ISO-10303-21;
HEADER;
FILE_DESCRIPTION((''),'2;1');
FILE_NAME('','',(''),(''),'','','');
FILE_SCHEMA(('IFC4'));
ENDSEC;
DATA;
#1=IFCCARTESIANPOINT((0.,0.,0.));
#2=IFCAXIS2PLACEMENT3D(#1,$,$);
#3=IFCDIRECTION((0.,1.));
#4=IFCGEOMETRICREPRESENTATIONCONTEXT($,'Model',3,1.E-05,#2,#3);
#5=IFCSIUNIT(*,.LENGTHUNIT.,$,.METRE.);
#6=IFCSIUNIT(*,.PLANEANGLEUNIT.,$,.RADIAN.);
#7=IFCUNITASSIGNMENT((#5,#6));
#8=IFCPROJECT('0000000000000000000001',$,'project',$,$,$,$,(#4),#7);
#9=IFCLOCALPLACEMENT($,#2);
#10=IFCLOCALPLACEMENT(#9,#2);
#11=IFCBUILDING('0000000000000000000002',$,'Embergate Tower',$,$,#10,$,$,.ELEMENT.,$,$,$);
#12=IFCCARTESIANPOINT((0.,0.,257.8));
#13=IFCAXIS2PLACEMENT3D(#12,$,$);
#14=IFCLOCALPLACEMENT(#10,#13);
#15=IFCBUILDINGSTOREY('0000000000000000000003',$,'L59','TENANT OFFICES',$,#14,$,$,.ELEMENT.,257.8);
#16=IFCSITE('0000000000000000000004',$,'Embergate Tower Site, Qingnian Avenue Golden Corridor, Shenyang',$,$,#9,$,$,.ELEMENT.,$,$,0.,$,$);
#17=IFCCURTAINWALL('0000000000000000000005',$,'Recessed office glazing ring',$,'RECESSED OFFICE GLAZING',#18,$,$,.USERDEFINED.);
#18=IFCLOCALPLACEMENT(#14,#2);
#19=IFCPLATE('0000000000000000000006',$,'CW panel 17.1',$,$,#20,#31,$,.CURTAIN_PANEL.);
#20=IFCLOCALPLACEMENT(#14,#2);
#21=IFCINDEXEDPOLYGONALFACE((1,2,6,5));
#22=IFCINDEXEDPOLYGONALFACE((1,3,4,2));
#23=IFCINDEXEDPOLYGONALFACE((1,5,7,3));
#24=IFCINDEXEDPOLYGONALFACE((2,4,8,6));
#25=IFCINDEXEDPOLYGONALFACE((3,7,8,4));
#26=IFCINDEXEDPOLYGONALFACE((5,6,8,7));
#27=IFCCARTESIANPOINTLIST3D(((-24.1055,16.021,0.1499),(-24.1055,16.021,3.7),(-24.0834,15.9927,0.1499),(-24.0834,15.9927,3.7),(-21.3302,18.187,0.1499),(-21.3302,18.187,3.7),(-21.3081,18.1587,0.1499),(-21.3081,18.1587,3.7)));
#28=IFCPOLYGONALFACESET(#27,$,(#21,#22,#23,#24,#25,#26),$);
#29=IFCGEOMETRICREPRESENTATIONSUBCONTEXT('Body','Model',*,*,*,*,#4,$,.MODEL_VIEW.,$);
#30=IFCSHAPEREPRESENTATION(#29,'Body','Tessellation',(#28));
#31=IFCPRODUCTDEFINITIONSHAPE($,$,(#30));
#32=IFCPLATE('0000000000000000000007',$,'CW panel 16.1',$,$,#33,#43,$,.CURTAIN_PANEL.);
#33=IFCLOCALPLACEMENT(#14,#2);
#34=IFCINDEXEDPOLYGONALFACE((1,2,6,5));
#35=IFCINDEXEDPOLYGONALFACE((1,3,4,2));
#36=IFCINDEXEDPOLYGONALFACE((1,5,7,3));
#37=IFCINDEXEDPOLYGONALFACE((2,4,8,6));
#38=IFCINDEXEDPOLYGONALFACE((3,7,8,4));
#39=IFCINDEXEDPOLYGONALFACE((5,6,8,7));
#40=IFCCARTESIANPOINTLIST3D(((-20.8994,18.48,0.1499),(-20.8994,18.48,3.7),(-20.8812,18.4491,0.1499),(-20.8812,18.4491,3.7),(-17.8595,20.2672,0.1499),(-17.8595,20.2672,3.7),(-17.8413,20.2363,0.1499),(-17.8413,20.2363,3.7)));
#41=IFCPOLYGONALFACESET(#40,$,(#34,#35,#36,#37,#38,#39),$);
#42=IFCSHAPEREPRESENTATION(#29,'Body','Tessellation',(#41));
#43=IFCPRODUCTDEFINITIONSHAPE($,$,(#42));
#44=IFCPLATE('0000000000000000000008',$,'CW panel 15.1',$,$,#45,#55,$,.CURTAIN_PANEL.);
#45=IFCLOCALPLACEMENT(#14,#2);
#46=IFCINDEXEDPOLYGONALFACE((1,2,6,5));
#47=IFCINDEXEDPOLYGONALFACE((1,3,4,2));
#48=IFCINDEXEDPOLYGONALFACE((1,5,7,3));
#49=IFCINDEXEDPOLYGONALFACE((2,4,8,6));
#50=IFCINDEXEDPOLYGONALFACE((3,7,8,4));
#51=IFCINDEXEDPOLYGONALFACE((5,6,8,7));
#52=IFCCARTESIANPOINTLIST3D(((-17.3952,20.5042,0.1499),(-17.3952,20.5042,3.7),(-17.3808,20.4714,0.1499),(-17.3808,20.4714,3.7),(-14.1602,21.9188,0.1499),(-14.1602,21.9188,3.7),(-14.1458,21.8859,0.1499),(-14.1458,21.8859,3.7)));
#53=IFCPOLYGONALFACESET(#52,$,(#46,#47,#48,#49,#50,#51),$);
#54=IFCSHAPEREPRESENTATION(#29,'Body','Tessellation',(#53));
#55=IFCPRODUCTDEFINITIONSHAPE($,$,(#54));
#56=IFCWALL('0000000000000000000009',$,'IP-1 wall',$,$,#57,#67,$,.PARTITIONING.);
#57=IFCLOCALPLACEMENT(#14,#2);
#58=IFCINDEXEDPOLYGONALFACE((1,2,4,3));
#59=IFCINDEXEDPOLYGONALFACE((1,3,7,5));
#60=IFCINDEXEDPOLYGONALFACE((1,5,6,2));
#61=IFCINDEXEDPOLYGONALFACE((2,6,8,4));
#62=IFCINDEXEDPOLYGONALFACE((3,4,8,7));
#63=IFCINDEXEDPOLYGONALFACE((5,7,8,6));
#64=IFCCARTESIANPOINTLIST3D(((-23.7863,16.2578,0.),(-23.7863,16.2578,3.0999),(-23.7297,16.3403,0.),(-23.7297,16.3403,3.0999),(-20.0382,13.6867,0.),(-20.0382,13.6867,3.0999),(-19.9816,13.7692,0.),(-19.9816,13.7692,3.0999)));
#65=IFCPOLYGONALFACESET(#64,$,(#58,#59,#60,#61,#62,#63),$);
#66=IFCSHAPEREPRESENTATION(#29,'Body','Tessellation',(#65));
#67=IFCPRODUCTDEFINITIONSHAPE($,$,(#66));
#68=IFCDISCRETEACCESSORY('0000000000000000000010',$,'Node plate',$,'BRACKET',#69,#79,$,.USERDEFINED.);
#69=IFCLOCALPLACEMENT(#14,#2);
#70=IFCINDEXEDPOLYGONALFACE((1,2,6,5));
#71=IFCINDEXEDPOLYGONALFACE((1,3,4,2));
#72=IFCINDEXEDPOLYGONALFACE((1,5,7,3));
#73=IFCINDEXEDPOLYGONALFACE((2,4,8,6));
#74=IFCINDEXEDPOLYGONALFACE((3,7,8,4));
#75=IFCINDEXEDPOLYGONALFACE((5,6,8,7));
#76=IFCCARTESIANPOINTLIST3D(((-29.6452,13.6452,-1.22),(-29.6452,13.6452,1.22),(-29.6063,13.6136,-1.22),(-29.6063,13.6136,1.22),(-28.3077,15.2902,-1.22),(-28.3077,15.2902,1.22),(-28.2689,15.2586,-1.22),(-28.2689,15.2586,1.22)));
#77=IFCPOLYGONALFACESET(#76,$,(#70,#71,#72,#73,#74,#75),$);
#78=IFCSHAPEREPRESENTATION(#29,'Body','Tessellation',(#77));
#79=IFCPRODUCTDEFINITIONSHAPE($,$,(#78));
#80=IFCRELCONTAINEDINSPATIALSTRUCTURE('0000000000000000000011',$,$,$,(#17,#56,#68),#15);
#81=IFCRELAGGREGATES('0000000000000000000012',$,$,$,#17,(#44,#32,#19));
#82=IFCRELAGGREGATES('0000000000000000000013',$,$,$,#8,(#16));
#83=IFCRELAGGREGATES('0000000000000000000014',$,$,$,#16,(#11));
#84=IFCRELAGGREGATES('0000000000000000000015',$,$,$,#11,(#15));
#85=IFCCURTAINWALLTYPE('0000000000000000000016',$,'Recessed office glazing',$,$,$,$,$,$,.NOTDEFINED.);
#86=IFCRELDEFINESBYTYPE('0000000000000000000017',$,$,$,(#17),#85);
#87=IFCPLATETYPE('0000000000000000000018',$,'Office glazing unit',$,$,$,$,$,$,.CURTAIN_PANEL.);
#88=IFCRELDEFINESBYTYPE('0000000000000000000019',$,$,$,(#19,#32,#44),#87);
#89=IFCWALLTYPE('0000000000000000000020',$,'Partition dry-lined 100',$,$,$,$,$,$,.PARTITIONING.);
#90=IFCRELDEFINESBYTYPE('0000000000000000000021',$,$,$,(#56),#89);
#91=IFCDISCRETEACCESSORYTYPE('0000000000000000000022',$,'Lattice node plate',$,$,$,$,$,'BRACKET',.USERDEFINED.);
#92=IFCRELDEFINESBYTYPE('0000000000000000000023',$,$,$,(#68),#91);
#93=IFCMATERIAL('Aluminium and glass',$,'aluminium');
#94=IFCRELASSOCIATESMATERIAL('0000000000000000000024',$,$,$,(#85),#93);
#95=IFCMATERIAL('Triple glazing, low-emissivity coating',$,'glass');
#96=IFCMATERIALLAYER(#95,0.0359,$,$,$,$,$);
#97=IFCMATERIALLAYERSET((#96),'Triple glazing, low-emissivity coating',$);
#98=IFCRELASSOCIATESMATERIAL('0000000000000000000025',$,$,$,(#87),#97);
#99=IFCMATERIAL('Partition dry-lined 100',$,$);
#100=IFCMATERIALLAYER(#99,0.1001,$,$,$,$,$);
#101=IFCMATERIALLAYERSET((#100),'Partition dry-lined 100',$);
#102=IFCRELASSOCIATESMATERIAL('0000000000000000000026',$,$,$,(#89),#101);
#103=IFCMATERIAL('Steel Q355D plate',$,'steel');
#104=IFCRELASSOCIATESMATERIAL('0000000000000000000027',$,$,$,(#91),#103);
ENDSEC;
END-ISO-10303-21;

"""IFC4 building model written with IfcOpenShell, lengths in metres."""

from ifc_helpers import new_model, si_unit, direction, frame, frame_2d, origin, origin_2d, place, context, subcontext, project, spatial, rectangle, extrude, source, transform, mapped, material, layer, layer_set, type_object, element, aggregate, save


model = new_model("IFC4")

# Units and contexts
model_context = context("Model", 3, precision=1e-05, world=origin(), true_north=direction((0.0, 1.0)))
body_context = subcontext(model_context, "Body", "Model", "MODEL_VIEW")
ifc_project = project(units=[si_unit("LENGTHUNIT", "METRE"), si_unit("PLANEANGLEUNIT", "RADIAN")], contexts=[model_context])

# Site, building, storey
site_placement = place(None, origin())
site = spatial("IfcSite", under=ifc_project, at=site_placement, Name="Embergate Tower Site, Qingnian Avenue Golden Corridor, Shenyang", CompositionType="ELEMENT", RefElevation=0.0)
building_placement = place(site_placement, origin())
building = spatial("IfcBuilding", under=site, at=building_placement, Name="Embergate Tower", CompositionType="ELEMENT")
storey_placement = place(building_placement, frame((0.0, 0.0, 257.8)))
storey = spatial("IfcBuildingStorey", under=building, at=storey_placement, Name="L59", Description="TENANT OFFICES", CompositionType="ELEMENT", Elevation=257.8)

# Curtain wall, plates
ifc_material_1 = material(Name="Aluminium and glass", Category="aluminium")
curtain_wall_type = type_object("IfcCurtainWallType", Name="Recessed office glazing", PredefinedType="NOTDEFINED", material=ifc_material_1)
curtain_wall_placement = place(storey_placement, origin())
curtain_wall = element("IfcCurtainWall", 1, at=curtain_wall_placement, inside=storey, type_object=curtain_wall_type, Name="Recessed office glazing ring", ObjectType="RECESSED OFFICE GLAZING", PredefinedType="USERDEFINED")
ifc_material_2 = material(Name="Triple glazing, low-emissivity coating", Category="glass")
ifc_layer_1 = layer(ifc_material_2, 0.0359)
ifc_layer_set_1 = layer_set([ifc_layer_1], Name="Triple glazing, low-emissivity coating")
plate_type = type_object("IfcPlateType", Name="Office glazing unit", PredefinedType="CURTAIN_PANEL", material=ifc_layer_set_1)
shared_shape_1 = source(origin(), body_context, "Body", "SweptSolid", [
    extrude(rectangle(XDim=3.5205, YDim=0.0359, at=origin_2d()), origin(), (0.0, 0.0, 1.0), 3.55),
])
plate_1_placement = place(storey_placement, frame((-22.7068, 17.0898, 0.1499), z_axis=(0.0, 0.0, 1.0), x_axis=(-0.788322, -0.615263, 0.0)))
plate_1 = element("IfcPlate", 2, at=plate_1_placement, type_object=plate_type, Name="CW panel 17.1", PredefinedType="CURTAIN_PANEL", context=body_context, shape_type="MappedRepresentation", body=[
    mapped(shared_shape_1, transform((0.0, 0.0, 0.0))),
])
shared_shape_2 = source(origin(), body_context, "Body", "SweptSolid", [
    extrude(rectangle(XDim=3.5264, YDim=0.0359, at=origin_2d()), origin(), (0.0, 0.0, 1.0), 3.55),
])
plate_2_placement = place(storey_placement, frame((-19.3704, 19.3582, 0.1499), z_axis=(0.0, 0.0, 1.0), x_axis=(-0.862055, -0.506815, 0.0)))
plate_2 = element("IfcPlate", 3, at=plate_2_placement, type_object=plate_type, Name="CW panel 16.1", PredefinedType="CURTAIN_PANEL", context=body_context, shape_type="MappedRepresentation", body=[
    mapped(shared_shape_2, transform((0.0, 0.0, 0.0))),
])
shared_shape_3 = source(origin(), body_context, "Body", "SweptSolid", [
    extrude(rectangle(XDim=3.5308, YDim=0.0359, at=origin_2d()), origin(), (0.0, 0.0, 1.0), 3.55),
])
plate_3_placement = place(storey_placement, frame((-15.7705, 21.1951, 0.1499), z_axis=(0.0, 0.0, 1.0), x_axis=(-0.916237, -0.400637, 0.0)))
plate_3 = element("IfcPlate", 4, at=plate_3_placement, type_object=plate_type, Name="CW panel 15.1", PredefinedType="CURTAIN_PANEL", context=body_context, shape_type="MappedRepresentation", body=[
    mapped(shared_shape_3, transform((0.0, 0.0, 0.0))),
])
aggregate(curtain_wall, [plate_3, plate_2, plate_1])

# Wall
ifc_material_3 = material(Name="Partition dry-lined 100")
ifc_layer_2 = layer(ifc_material_3, 0.1001)
ifc_layer_set_2 = layer_set([ifc_layer_2], Name="Partition dry-lined 100")
wall_type = type_object("IfcWallType", Name="Partition dry-lined 100", PredefinedType="PARTITIONING", material=ifc_layer_set_2)
shared_shape_4 = source(origin(), body_context, "Body", "SweptSolid", [
    extrude(rectangle(XDim=4.5452, YDim=0.1001, at=frame_2d((2.2725, 0.0))), origin(), (0.0, 0.0, 1.0), 3.0999),
])
wall_placement = place(storey_placement, frame((-20.01, 13.728, 0.0), z_axis=(0.0, 0.0, 1.0), x_axis=(-0.824631, 0.565671, 0.0)))
element("IfcWall", 5, at=wall_placement, inside=storey, type_object=wall_type, Name="IP-1 wall", PredefinedType="PARTITIONING", context=body_context, shape_type="MappedRepresentation", body=[
    mapped(shared_shape_4, transform((0.0, 0.0, 0.0))),
])

# Discrete accessory
ifc_material_4 = material(Name="Steel Q355D plate", Category="steel")
discrete_accessory_type = type_object("IfcDiscreteAccessoryType", Name="Lattice node plate", ElementType="BRACKET", PredefinedType="USERDEFINED", material=ifc_material_4)
shared_shape_5 = source(origin(), body_context, "Body", "SweptSolid", [
    extrude(rectangle(XDim=2.1201, YDim=0.05, at=origin_2d()), origin(), (0.0, 0.0, 1.0), 2.4399),
])
discrete_accessory_placement = place(storey_placement, frame((-28.957, 14.4519, -1.22), z_axis=(0.0, 0.0, 1.0), x_axis=(-0.630838, -0.775914, 0.0)))
element("IfcDiscreteAccessory", 6, at=discrete_accessory_placement, inside=storey, type_object=discrete_accessory_type, Name="Node plate", ObjectType="BRACKET", PredefinedType="USERDEFINED", context=body_context, shape_type="MappedRepresentation", body=[
    mapped(shared_shape_5, transform((0.0, 0.0, 0.0))),
])

save(model, "model.ifc")
